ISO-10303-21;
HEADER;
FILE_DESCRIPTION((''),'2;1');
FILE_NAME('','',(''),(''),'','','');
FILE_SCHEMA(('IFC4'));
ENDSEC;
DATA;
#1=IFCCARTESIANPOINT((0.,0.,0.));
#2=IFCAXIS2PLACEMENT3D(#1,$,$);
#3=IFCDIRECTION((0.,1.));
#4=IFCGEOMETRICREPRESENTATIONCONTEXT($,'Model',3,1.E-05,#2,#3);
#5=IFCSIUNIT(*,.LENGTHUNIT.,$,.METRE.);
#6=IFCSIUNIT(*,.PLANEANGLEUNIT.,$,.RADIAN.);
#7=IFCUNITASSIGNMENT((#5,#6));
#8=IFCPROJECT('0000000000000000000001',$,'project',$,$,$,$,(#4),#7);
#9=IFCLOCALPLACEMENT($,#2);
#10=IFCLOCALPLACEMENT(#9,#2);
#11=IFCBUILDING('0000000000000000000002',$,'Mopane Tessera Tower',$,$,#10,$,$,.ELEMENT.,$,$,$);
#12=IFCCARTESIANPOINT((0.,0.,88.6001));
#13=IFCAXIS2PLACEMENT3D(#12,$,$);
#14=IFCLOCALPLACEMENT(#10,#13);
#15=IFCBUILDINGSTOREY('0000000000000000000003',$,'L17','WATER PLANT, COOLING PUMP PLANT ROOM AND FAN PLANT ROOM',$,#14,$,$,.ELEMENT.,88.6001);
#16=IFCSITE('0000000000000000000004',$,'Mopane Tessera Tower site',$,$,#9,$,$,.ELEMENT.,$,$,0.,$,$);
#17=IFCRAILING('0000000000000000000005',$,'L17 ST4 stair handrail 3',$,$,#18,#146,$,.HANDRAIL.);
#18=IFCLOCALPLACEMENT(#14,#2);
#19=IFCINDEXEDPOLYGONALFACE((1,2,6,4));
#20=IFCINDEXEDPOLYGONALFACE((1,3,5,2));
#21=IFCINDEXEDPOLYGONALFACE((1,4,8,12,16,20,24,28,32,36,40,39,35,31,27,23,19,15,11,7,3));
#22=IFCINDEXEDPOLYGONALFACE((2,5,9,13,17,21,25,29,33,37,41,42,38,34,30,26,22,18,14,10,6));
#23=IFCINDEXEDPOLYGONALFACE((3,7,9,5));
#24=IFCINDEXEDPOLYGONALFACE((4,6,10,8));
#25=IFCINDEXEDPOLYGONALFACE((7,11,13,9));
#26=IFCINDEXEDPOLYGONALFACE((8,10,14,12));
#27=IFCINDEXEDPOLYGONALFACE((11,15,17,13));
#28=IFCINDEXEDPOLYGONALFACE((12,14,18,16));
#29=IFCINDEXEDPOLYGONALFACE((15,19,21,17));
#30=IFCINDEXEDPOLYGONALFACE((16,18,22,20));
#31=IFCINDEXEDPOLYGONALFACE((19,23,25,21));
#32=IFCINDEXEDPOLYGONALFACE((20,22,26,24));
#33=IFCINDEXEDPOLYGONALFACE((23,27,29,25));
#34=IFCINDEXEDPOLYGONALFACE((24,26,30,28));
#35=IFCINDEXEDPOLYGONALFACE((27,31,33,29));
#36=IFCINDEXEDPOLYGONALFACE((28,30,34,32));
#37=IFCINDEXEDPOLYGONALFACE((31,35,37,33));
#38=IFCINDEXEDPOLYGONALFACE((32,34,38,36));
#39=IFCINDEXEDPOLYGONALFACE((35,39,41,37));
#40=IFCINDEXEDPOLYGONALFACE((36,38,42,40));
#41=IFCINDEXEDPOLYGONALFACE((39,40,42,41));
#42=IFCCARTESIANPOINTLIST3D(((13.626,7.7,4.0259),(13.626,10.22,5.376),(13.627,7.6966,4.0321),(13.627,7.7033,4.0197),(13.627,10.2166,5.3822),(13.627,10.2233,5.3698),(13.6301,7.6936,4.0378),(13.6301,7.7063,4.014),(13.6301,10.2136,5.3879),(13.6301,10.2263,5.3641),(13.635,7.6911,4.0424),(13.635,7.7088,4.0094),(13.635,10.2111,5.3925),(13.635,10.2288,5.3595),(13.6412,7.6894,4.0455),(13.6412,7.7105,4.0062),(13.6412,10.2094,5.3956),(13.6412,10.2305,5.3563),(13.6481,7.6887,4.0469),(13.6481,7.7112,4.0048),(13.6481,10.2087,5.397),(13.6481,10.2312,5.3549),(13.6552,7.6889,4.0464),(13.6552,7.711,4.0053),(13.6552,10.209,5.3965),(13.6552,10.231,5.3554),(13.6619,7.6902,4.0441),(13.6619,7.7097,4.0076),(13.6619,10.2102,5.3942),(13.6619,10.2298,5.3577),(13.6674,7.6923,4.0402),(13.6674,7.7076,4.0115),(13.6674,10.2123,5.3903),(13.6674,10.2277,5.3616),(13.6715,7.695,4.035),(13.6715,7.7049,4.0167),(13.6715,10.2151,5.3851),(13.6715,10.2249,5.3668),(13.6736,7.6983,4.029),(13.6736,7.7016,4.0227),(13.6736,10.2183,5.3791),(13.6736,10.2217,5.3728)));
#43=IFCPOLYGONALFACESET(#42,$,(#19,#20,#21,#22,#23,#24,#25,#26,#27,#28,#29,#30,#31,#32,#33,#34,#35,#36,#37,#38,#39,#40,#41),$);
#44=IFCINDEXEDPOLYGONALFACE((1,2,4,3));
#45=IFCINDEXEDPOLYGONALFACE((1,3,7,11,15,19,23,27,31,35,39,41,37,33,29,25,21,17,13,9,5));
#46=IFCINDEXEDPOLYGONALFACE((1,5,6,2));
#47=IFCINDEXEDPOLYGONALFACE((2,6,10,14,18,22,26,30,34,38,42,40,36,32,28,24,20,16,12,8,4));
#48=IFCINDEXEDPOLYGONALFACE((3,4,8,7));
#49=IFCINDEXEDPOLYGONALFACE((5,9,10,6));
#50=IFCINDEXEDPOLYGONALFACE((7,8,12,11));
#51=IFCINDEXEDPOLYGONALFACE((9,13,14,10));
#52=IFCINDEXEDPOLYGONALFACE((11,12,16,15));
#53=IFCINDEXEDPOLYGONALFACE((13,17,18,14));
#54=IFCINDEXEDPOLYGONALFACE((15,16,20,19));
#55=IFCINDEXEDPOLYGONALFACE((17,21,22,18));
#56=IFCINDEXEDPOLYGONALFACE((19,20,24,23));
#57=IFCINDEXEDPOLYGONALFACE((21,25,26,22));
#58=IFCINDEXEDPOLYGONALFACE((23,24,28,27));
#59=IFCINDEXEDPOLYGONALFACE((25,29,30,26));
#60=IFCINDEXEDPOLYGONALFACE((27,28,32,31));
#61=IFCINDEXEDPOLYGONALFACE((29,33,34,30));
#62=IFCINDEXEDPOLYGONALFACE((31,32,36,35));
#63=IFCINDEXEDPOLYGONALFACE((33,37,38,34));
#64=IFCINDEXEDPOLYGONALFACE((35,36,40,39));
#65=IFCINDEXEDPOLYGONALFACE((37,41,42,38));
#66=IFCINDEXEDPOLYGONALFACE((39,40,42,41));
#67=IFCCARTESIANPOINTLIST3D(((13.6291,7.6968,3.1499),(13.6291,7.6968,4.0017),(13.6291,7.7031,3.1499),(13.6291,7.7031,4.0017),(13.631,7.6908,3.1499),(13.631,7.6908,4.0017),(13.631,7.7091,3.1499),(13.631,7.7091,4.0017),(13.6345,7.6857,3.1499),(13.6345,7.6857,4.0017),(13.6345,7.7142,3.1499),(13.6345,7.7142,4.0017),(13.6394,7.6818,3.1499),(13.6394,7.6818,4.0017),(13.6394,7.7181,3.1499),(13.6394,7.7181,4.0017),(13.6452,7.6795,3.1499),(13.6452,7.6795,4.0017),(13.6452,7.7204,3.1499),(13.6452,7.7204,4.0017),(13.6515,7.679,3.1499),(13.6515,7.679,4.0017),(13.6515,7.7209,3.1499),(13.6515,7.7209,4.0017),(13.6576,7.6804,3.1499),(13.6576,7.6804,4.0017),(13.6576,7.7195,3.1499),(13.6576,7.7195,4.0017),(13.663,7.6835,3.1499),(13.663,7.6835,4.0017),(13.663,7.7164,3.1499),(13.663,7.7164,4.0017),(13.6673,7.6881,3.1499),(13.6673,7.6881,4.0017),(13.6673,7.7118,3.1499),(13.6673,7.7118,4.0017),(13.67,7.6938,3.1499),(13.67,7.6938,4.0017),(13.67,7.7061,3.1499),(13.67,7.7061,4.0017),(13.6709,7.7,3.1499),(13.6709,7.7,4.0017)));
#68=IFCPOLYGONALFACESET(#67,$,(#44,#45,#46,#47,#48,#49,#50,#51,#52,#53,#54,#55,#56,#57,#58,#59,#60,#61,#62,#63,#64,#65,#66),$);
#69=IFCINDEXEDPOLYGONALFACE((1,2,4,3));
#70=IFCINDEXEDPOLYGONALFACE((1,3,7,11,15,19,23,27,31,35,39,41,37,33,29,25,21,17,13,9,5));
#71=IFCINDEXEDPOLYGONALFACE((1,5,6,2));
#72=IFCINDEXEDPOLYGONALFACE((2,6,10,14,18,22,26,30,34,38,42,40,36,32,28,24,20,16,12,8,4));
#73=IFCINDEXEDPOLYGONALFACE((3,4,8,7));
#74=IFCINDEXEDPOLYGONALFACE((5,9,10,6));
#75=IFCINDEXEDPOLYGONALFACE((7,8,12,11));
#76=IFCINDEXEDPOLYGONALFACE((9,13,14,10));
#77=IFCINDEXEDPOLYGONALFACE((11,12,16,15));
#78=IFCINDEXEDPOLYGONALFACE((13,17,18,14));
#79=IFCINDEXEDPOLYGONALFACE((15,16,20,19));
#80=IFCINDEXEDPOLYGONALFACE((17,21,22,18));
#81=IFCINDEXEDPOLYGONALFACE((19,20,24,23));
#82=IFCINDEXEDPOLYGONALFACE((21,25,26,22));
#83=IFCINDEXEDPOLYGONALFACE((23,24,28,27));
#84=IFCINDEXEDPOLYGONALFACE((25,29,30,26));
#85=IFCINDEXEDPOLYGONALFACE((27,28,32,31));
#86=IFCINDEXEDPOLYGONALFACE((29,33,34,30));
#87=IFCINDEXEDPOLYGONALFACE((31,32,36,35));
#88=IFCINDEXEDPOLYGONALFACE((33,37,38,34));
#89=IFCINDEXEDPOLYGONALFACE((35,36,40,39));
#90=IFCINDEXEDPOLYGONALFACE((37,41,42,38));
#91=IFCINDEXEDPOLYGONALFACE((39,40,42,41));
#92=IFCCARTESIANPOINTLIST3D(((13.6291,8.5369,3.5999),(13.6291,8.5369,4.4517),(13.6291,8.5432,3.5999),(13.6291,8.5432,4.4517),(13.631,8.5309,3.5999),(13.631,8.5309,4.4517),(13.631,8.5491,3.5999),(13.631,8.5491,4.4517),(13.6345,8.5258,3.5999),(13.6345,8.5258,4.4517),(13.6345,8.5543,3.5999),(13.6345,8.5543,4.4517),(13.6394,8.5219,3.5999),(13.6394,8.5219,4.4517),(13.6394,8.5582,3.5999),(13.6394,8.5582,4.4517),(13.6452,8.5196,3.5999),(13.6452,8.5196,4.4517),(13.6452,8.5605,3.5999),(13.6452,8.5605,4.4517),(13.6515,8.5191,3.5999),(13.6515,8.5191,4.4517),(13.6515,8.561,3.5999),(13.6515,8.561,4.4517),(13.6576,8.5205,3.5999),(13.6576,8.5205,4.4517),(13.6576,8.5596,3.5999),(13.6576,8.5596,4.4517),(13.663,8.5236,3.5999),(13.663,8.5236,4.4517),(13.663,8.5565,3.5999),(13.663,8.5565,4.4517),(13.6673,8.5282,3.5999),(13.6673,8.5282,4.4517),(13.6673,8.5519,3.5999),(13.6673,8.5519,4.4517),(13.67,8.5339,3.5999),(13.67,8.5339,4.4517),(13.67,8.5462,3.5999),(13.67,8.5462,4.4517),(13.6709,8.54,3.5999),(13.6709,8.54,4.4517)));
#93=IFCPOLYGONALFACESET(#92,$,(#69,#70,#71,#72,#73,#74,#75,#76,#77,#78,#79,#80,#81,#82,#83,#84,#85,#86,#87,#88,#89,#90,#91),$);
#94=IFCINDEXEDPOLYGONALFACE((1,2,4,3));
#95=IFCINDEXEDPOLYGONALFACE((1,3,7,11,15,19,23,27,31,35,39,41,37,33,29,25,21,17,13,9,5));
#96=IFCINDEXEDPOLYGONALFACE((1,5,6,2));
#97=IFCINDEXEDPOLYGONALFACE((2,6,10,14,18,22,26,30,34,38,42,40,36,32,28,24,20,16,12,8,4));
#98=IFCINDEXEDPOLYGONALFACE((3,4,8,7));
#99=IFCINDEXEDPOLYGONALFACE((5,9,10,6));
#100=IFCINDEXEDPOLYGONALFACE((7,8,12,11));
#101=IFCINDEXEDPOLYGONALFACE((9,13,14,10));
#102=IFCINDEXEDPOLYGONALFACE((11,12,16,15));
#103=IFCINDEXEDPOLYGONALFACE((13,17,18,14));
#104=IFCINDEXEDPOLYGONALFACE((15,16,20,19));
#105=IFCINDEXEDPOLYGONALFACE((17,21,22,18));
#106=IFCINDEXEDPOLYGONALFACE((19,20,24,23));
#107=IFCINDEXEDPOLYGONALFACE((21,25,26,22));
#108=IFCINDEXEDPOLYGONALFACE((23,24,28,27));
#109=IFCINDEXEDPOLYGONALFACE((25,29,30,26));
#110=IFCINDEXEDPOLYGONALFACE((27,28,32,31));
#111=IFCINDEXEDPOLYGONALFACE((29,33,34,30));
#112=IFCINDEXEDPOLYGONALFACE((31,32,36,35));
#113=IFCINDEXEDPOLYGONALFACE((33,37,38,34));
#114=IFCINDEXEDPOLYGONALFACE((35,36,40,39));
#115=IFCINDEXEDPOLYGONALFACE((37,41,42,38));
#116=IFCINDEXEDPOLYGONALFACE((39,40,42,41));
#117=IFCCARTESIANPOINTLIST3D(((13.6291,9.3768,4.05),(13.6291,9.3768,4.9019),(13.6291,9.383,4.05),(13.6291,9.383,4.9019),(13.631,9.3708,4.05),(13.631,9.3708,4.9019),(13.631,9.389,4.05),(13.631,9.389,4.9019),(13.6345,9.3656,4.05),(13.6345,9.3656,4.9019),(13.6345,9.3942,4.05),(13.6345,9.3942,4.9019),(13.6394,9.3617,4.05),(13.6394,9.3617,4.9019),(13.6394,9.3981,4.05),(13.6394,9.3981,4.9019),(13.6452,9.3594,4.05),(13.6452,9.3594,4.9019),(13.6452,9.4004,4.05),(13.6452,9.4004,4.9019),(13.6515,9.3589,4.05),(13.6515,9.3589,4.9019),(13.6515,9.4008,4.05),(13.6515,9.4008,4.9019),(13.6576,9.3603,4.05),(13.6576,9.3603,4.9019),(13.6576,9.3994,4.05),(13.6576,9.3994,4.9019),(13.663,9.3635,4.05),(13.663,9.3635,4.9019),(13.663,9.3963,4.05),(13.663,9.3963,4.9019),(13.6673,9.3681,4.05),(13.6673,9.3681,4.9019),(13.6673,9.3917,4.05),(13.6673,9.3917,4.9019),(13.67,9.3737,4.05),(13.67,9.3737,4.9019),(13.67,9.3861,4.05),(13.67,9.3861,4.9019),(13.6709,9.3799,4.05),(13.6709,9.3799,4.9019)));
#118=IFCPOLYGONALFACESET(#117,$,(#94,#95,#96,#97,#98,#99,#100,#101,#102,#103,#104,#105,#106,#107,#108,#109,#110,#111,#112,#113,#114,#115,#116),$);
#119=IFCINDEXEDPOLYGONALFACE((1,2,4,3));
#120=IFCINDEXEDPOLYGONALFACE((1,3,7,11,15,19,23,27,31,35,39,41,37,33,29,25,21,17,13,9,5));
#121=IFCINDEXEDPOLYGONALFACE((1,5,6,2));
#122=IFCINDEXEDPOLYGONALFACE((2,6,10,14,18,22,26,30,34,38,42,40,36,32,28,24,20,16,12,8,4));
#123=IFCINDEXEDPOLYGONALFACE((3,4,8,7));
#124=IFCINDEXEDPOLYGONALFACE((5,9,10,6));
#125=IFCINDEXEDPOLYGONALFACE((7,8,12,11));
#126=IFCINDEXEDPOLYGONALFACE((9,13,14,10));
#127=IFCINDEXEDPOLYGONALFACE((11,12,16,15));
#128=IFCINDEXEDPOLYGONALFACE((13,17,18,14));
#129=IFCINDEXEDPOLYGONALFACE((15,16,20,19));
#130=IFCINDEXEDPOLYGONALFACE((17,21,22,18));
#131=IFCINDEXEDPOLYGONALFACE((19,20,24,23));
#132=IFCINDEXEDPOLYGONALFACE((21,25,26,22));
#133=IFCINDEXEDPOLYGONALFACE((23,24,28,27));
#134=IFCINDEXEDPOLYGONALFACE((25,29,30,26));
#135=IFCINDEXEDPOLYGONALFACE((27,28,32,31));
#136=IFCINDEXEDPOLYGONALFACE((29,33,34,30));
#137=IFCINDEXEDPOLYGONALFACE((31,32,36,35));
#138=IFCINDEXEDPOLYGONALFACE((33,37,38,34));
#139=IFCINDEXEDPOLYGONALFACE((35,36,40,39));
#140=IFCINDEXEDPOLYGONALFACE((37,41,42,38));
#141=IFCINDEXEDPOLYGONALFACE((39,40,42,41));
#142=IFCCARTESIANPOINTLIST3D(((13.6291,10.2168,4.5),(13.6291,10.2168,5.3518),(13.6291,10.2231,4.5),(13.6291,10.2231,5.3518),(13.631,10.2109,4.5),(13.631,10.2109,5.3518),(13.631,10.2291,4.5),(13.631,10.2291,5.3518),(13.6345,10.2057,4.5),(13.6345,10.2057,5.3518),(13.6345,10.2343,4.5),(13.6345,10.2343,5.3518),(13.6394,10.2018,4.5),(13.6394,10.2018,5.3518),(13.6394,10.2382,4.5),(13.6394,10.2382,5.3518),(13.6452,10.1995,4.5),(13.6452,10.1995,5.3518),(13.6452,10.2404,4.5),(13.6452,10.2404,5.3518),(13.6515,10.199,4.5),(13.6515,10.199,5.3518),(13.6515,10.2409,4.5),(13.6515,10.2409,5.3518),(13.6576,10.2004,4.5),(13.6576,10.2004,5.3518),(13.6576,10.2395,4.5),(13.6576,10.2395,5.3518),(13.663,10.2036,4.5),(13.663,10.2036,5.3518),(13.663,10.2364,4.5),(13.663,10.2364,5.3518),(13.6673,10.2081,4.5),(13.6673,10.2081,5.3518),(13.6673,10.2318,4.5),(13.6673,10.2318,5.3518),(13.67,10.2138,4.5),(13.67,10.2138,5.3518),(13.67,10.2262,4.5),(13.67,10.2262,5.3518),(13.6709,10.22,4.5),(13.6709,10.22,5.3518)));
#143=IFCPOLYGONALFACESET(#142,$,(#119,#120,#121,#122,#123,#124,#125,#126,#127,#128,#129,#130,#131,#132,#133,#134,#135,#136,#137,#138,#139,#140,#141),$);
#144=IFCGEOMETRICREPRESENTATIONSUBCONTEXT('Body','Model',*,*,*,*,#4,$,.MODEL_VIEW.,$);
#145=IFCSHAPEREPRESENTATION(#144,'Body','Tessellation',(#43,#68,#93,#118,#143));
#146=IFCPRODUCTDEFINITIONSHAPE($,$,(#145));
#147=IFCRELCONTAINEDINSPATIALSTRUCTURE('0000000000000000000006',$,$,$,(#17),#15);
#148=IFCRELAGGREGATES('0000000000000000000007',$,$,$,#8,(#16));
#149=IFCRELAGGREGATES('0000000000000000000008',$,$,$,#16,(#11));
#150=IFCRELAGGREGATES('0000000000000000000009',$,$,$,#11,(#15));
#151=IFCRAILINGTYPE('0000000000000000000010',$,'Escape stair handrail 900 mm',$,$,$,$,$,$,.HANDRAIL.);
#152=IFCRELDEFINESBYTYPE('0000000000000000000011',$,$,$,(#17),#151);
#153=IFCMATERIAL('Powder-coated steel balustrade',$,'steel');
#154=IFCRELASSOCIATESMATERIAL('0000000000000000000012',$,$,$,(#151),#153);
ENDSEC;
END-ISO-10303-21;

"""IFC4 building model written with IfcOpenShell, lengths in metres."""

from ifc_helpers import new_model, si_unit, direction, frame, origin, origin_2d, place, context, subcontext, project, spatial, circle, extrude, material, type_object, element, save


model = new_model("IFC4")

# Units and contexts
model_context = context("Model", 3, precision=1e-05, world=origin(), true_north=direction((0.0, 1.0)))
body_context = subcontext(model_context, "Body", "Model", "MODEL_VIEW")
ifc_project = project(units=[si_unit("LENGTHUNIT", "METRE"), si_unit("PLANEANGLEUNIT", "RADIAN")], contexts=[model_context])

# Site, building, storey
site_placement = place(None, origin())
site = spatial("IfcSite", under=ifc_project, at=site_placement, Name="Mopane Tessera Tower site", CompositionType="ELEMENT", RefElevation=0.0)
building_placement = place(site_placement, origin())
building = spatial("IfcBuilding", under=site, at=building_placement, Name="Mopane Tessera Tower", CompositionType="ELEMENT")
storey_placement = place(building_placement, frame((0.0, 0.0, 88.6001)))
storey = spatial("IfcBuildingStorey", under=building, at=storey_placement, Name="L17", Description="WATER PLANT, COOLING PUMP PLANT ROOM AND FAN PLANT ROOM", CompositionType="ELEMENT", Elevation=88.6001)

# Railing
ifc_material_1 = material(Name="Powder-coated steel balustrade", Category="steel")
railing_type_1 = type_object("IfcRailingType", Name="Escape stair handrail 900 mm", PredefinedType="HANDRAIL", material=ifc_material_1)
railing_1_placement = place(storey_placement, frame((13.6499, 7.7, 3.1499)))
element("IfcRailing", 1, at=railing_1_placement, inside=storey, type_object=railing_type_1, Name="L17 ST4 stair handrail 3", PredefinedType="HANDRAIL", context=body_context, shape_type="SweptSolid", body=[
    extrude(circle(Radius=0.0239, at=origin_2d()), frame((0.0, 0.0, 0.876), z_axis=(0.0, 0.881467, 0.472245), x_axis=(-1.0, 0.0, 0.0)), (0.0, 0.0, 1.0), 2.8589),
    extrude(circle(Radius=0.021, at=origin_2d()), origin(), (0.0, 0.0, 1.0), 0.8518),
    extrude(circle(Radius=0.021, at=origin_2d()), frame((0.0, 0.8401, 0.45)), (0.0, 0.0, 1.0), 0.8518),
    extrude(circle(Radius=0.021, at=origin_2d()), frame((0.0, 1.6799, 0.9001)), (0.0, 0.0, 1.0), 0.8518),
    extrude(circle(Radius=0.021, at=origin_2d()), frame((0.0, 2.52, 1.3501)), (0.0, 0.0, 1.0), 0.8518),
])

save(model, "model.ifc")
